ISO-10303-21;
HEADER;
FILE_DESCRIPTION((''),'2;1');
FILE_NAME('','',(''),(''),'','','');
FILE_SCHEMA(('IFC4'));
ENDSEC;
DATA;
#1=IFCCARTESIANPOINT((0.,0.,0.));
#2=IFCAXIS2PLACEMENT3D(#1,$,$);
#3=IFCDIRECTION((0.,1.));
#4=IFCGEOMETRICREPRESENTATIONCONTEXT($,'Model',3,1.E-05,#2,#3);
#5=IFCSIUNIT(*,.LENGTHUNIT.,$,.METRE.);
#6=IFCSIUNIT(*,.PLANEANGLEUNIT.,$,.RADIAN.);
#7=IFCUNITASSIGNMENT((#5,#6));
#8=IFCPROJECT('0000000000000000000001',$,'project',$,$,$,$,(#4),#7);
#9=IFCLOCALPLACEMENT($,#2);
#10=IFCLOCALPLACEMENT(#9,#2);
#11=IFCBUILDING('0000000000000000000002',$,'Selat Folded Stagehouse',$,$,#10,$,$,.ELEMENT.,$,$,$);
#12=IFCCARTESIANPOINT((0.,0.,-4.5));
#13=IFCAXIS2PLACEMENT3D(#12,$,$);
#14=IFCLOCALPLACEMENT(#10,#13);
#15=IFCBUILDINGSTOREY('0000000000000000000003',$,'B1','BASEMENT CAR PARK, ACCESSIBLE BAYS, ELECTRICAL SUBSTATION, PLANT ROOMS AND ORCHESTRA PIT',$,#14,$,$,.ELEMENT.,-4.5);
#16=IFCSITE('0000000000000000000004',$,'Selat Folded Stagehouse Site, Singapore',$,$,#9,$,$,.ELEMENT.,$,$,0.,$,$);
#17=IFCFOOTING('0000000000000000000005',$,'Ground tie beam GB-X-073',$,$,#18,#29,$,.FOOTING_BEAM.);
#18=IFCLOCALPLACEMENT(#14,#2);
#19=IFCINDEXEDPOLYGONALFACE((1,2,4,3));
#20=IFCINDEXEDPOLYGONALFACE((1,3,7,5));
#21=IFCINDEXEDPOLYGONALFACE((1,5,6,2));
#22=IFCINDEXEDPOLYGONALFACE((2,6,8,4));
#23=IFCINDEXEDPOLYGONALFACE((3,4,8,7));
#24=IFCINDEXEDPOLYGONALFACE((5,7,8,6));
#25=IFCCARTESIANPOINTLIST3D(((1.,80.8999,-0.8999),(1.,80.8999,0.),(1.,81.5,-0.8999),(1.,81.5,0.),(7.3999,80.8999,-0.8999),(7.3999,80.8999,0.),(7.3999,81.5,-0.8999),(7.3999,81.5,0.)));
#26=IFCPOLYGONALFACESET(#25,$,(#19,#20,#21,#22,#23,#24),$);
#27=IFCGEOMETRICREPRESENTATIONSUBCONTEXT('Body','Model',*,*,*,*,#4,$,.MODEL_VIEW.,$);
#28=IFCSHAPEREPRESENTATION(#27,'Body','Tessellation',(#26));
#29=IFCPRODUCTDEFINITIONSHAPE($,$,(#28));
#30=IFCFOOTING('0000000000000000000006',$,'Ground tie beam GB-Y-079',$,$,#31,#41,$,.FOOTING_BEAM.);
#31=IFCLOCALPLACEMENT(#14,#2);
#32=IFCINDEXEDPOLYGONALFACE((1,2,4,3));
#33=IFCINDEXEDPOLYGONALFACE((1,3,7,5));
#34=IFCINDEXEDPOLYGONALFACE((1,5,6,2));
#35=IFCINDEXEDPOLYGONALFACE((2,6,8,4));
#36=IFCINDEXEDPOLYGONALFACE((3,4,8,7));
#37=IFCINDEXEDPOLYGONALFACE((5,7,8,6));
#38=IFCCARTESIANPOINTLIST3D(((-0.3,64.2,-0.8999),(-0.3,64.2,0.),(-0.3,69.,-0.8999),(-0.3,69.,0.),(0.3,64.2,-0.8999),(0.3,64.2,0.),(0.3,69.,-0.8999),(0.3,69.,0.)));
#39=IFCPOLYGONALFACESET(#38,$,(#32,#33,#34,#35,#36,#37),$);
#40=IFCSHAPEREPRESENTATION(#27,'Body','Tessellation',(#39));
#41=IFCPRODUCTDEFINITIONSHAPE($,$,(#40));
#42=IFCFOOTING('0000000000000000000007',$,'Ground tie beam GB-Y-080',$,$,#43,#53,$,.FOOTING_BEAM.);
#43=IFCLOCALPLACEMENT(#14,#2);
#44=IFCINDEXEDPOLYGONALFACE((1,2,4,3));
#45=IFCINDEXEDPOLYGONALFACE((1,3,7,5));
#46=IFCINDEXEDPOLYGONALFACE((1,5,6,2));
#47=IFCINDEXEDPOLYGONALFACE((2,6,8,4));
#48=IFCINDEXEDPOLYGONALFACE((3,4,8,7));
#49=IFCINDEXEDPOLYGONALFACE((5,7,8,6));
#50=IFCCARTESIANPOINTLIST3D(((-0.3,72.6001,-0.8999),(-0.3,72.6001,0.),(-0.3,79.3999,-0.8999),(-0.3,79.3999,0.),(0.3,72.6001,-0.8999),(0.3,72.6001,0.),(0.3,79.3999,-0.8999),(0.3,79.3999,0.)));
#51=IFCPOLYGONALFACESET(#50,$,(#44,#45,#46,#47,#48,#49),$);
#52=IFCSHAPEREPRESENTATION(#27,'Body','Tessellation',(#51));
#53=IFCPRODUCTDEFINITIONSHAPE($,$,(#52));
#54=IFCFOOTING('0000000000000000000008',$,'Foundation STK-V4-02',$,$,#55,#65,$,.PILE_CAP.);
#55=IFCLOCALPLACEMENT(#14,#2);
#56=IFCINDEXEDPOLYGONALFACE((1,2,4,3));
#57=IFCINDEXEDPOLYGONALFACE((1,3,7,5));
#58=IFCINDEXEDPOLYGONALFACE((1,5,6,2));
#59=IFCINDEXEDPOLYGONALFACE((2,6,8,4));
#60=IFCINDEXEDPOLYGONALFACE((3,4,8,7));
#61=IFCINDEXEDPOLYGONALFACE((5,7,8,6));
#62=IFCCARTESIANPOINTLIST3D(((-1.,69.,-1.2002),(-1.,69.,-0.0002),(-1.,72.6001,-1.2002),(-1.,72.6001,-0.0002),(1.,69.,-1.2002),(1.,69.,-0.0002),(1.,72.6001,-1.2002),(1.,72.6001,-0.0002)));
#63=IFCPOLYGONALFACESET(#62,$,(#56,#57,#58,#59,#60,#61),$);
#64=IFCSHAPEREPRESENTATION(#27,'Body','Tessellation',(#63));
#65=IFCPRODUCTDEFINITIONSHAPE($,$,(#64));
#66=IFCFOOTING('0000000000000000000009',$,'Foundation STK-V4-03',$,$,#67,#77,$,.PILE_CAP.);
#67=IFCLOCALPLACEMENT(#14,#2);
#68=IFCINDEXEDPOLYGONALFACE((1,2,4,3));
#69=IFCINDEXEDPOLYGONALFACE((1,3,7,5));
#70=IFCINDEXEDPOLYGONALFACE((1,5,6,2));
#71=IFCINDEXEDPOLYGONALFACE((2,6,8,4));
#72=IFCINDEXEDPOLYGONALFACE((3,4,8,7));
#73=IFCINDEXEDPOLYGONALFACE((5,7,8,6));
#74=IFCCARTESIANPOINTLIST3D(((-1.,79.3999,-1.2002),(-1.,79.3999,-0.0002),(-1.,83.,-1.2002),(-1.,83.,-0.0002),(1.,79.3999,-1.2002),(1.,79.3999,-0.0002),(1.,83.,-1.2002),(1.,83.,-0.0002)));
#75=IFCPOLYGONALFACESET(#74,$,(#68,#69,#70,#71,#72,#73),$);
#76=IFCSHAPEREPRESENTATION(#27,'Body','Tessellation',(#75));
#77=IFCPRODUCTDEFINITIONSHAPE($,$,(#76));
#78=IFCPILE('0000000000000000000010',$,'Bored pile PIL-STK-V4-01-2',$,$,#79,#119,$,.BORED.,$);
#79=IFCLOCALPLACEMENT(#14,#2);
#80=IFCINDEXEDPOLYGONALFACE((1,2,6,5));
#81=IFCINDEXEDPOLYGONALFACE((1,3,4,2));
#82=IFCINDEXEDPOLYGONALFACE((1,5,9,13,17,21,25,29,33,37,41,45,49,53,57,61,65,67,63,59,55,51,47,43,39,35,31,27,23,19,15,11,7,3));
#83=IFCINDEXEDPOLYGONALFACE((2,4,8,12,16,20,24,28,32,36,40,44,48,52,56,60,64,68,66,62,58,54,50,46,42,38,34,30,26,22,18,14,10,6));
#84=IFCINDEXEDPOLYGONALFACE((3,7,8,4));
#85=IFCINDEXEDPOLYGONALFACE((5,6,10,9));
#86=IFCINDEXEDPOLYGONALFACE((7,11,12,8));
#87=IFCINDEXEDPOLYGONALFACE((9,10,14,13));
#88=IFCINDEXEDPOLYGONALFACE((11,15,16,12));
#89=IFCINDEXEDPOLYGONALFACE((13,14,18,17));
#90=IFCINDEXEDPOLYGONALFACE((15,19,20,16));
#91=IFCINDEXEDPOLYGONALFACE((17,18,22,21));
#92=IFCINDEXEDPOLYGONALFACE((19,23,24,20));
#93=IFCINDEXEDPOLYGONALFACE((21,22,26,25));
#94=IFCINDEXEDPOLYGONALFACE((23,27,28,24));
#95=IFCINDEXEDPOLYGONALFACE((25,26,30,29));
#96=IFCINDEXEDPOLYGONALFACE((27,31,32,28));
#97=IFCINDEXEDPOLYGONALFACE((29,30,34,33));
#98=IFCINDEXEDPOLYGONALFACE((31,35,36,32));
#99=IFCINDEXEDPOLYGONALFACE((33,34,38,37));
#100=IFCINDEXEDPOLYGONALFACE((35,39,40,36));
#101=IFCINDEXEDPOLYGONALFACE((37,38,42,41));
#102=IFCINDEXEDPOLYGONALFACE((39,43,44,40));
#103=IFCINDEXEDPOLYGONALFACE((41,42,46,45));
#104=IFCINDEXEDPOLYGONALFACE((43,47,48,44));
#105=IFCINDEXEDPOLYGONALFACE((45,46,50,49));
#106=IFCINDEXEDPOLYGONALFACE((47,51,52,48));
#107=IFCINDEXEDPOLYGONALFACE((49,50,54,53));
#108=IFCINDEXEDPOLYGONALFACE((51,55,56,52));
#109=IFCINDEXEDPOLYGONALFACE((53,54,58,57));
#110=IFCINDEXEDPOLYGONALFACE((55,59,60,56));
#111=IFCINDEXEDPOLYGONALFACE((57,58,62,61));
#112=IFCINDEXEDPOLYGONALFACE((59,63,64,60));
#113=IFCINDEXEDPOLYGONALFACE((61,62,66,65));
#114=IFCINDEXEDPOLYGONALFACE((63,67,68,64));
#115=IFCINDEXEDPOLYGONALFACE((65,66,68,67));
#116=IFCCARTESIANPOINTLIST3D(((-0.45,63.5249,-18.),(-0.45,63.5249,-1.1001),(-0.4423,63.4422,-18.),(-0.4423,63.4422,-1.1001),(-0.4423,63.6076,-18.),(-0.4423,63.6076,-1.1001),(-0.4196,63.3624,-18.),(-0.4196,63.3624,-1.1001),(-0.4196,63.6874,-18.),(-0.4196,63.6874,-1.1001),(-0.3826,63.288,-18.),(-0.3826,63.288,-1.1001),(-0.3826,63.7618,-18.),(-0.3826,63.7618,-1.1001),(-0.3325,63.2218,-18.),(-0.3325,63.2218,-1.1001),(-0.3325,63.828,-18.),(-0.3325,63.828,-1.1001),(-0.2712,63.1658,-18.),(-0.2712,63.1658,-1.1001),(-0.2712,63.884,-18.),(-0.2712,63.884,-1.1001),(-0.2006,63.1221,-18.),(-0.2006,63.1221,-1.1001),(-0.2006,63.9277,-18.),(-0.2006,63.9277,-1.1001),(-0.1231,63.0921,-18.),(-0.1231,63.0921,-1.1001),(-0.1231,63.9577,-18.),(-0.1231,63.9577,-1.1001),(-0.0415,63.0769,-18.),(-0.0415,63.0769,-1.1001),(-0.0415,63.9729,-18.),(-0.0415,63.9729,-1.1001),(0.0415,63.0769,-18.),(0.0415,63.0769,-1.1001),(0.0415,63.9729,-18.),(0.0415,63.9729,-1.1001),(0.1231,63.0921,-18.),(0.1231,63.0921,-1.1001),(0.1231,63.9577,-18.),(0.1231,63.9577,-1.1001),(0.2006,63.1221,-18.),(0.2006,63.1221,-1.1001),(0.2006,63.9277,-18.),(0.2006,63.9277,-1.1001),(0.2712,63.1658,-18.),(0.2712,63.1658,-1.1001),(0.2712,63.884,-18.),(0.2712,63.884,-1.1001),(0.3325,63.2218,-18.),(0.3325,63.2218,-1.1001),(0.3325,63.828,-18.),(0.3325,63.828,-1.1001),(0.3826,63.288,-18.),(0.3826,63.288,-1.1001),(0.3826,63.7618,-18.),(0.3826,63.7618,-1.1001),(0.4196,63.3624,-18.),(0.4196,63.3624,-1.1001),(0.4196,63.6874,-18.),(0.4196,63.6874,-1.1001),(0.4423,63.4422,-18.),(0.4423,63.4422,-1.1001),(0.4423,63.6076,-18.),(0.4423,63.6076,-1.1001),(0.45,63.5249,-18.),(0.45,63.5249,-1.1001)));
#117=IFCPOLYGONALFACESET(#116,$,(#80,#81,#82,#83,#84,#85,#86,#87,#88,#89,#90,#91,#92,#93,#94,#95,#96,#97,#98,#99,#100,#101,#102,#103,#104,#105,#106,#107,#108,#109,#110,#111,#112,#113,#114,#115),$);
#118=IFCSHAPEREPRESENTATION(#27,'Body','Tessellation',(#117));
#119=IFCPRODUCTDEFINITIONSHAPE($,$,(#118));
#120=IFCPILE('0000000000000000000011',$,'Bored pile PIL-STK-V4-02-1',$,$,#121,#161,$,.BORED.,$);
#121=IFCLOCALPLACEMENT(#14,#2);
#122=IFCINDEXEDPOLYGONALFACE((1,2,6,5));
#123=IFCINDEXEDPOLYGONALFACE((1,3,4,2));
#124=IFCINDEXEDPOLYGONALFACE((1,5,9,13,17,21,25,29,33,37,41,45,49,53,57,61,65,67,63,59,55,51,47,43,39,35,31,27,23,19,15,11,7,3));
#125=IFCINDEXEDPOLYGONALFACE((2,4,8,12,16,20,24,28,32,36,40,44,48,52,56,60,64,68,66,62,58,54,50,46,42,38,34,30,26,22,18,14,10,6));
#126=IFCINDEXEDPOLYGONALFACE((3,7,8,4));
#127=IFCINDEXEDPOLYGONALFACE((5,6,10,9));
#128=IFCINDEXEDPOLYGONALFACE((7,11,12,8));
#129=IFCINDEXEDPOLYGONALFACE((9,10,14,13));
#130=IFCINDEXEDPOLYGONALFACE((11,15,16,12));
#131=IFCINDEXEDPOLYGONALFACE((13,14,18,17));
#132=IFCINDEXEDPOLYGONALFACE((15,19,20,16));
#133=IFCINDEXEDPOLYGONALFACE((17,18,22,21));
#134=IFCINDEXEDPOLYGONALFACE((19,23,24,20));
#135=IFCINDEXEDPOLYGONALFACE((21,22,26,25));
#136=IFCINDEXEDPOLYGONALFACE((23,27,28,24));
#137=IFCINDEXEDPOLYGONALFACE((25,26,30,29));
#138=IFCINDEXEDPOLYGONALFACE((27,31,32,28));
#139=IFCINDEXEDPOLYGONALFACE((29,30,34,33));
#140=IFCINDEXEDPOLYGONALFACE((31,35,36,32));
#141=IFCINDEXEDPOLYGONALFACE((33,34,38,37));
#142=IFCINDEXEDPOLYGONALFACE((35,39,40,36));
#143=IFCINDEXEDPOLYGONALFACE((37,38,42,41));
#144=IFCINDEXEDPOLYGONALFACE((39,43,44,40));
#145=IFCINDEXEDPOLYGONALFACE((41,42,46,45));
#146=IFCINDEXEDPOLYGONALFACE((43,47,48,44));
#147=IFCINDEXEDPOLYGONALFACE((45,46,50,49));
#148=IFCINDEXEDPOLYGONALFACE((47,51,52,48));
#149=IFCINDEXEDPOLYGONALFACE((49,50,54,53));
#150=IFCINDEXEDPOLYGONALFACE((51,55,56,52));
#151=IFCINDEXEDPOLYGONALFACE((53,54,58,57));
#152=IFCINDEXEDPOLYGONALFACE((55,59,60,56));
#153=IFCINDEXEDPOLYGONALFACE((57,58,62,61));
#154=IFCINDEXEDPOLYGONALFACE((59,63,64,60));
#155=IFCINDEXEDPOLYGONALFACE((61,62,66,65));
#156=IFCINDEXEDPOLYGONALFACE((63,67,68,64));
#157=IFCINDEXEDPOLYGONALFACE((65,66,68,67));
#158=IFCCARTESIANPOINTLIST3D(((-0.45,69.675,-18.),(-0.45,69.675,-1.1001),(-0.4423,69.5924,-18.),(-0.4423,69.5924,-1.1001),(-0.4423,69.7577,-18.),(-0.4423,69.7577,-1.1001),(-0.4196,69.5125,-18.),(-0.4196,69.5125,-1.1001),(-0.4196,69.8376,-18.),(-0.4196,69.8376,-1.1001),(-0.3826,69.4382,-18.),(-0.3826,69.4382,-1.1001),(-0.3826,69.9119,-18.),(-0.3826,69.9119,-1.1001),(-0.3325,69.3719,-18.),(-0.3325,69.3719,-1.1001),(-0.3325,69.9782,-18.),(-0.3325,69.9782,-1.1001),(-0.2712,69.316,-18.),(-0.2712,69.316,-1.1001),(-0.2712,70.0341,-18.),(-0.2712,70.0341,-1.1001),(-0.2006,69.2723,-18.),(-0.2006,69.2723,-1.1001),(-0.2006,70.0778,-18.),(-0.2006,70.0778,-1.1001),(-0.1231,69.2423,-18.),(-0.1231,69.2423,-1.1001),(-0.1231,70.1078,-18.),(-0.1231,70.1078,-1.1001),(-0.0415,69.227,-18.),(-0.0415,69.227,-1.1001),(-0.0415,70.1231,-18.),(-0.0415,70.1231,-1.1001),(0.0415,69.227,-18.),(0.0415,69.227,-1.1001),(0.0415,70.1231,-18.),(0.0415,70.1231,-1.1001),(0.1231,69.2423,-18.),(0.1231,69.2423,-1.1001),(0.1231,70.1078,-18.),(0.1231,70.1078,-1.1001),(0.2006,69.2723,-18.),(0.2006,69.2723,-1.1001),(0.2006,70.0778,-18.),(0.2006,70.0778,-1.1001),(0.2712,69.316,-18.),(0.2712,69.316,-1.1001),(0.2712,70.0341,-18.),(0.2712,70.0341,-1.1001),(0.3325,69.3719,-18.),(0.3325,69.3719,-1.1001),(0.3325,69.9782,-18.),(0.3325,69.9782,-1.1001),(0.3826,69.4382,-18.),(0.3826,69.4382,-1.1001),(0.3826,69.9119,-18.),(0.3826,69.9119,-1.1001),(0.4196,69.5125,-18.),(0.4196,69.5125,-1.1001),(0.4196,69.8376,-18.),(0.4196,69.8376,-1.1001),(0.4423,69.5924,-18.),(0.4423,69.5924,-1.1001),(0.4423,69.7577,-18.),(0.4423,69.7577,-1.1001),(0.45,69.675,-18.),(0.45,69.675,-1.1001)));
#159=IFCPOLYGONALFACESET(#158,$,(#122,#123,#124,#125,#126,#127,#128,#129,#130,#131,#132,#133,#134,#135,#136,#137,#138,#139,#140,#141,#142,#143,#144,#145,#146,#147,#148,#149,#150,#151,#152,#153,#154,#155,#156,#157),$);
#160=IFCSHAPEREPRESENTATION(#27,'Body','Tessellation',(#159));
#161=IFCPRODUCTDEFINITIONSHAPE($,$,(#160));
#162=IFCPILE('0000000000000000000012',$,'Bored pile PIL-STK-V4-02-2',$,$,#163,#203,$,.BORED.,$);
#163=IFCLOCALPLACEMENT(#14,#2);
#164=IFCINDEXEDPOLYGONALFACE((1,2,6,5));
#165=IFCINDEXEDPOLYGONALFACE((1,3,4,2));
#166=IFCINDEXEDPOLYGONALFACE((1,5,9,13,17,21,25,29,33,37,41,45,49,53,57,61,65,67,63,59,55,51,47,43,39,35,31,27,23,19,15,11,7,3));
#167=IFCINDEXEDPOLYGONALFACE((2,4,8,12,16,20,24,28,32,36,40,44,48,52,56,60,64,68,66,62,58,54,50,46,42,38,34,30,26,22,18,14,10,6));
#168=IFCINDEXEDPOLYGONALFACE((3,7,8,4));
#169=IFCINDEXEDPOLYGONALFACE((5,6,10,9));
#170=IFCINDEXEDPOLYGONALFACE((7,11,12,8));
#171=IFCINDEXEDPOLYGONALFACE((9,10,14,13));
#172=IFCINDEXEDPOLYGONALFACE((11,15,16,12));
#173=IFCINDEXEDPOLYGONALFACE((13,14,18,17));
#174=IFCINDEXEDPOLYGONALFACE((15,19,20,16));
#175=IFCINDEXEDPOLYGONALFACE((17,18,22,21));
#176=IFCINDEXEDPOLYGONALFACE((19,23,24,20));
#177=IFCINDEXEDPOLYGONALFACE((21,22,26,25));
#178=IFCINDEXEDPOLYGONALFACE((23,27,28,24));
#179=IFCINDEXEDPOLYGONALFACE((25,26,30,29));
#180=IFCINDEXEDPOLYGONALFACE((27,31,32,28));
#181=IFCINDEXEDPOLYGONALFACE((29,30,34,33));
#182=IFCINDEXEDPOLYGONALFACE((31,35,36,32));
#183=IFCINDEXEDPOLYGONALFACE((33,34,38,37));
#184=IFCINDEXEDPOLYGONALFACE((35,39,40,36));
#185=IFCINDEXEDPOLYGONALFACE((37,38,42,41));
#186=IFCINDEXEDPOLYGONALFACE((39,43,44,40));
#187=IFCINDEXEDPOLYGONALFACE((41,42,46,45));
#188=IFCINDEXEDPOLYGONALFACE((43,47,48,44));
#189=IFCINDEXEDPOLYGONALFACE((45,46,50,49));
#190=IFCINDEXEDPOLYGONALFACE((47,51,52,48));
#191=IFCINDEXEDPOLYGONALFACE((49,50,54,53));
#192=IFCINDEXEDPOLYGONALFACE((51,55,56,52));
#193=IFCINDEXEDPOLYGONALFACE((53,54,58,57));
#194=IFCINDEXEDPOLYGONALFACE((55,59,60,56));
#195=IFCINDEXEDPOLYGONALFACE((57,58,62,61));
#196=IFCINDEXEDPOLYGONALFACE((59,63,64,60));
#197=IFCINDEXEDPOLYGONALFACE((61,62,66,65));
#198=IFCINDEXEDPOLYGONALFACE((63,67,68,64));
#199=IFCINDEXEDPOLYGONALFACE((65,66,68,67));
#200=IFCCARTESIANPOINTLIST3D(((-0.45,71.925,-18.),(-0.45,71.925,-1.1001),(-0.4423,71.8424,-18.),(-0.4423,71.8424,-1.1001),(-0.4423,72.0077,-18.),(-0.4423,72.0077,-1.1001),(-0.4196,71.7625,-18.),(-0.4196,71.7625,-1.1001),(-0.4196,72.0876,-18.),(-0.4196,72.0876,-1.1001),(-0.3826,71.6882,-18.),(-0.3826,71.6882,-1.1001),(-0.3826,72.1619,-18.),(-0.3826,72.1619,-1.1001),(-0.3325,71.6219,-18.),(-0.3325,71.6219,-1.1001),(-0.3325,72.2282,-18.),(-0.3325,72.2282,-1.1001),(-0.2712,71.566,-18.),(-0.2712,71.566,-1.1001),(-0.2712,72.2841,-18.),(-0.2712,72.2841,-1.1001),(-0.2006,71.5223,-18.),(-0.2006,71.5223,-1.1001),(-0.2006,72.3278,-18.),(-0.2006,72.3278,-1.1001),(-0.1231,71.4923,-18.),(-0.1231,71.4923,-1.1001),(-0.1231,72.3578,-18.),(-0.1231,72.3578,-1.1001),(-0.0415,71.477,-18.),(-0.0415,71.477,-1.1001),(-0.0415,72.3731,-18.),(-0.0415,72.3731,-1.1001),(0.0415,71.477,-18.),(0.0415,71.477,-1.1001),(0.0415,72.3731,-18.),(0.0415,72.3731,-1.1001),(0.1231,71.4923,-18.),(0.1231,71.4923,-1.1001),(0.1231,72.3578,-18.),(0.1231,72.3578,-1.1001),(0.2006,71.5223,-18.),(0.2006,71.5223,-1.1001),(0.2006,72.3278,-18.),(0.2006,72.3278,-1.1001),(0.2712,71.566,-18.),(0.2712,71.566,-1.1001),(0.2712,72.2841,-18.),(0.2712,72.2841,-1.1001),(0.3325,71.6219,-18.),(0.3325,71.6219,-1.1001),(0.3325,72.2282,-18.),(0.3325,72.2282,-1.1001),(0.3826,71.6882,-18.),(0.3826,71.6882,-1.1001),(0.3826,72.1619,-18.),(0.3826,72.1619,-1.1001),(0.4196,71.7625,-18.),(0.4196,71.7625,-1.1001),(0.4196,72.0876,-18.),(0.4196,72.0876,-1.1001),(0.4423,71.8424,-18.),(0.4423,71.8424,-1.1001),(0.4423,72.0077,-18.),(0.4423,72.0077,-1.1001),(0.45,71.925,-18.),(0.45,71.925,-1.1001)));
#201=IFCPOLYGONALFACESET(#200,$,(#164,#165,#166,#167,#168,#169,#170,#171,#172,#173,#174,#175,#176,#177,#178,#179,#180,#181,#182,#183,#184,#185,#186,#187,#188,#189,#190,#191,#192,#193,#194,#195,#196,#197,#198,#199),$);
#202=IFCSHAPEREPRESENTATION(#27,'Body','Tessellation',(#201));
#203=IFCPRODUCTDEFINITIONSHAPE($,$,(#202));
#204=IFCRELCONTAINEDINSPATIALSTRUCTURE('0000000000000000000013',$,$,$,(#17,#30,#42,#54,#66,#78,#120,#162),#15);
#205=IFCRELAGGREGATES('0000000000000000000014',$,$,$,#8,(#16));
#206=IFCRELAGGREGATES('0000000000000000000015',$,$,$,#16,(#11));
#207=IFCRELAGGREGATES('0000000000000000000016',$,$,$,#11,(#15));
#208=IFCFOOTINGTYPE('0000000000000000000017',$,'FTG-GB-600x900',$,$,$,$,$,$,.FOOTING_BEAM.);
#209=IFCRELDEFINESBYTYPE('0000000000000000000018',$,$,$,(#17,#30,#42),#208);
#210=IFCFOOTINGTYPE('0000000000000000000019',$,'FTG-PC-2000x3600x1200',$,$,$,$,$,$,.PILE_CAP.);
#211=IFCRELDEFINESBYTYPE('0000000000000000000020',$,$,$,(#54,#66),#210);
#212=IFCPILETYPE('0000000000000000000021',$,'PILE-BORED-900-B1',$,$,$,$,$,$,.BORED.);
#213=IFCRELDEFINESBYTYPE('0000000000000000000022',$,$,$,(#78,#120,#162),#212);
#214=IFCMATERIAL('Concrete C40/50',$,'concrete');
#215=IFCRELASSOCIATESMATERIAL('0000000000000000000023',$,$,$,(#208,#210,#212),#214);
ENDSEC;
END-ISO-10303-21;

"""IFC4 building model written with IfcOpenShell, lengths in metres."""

from ifc_helpers import new_model, si_unit, direction, frame, origin, origin_2d, place, context, subcontext, project, spatial, rectangle, circle, extrude, material, material_profile, profile_set, type_object, element, save


model = new_model("IFC4")

# Units and contexts
model_context = context("Model", 3, precision=1e-05, world=origin(), true_north=direction((0.0, 1.0)))
body_context = subcontext(model_context, "Body", "Model", "MODEL_VIEW")
ifc_project = project(units=[si_unit("LENGTHUNIT", "METRE"), si_unit("PLANEANGLEUNIT", "RADIAN")], contexts=[model_context])

# Site, building, storey
site_placement = place(None, origin())
site = spatial("IfcSite", under=ifc_project, at=site_placement, Name="Selat Folded Stagehouse Site, Singapore", CompositionType="ELEMENT", RefElevation=0.0)
building_placement = place(site_placement, origin())
building = spatial("IfcBuilding", under=site, at=building_placement, Name="Selat Folded Stagehouse", CompositionType="ELEMENT")
storey_placement = place(building_placement, frame((0.0, 0.0, -4.5)))
storey = spatial("IfcBuildingStorey", under=building, at=storey_placement, Name="B1", Description="BASEMENT CAR PARK, ACCESSIBLE BAYS, ELECTRICAL SUBSTATION, PLANT ROOMS AND ORCHESTRA PIT", CompositionType="ELEMENT", Elevation=-4.5)

# Footings
ifc_material_1 = material(Name="Concrete C40/50", Category="concrete")
ifc_material_profile_1 = material_profile(ifc_material_1, rectangle(XDim=0.6001, YDim=0.8999, at=origin_2d()), Name="RC 900x600")
ifc_profile_set_1 = profile_set([ifc_material_profile_1], Name="Concrete C40/50")
footing_type_1 = type_object("IfcFootingType", Name="FTG-GB-600x900", PredefinedType="FOOTING_BEAM", material=ifc_profile_set_1)
footing_1_placement = place(storey_placement, frame((1.0, 81.2, -0.45), z_axis=(1.0, 0.0, 0.0), x_axis=(0.0, 1.0, 0.0)))
element("IfcFooting", 1, at=footing_1_placement, inside=storey, type_object=footing_type_1, Name="Ground tie beam GB-X-073", PredefinedType="FOOTING_BEAM", context=body_context, shape_type="SweptSolid", body=[
    extrude(rectangle(XDim=0.6001, YDim=0.8999, at=origin_2d()), origin(), (0.0, 0.0, 1.0), 6.3999),
])
footing_2_placement = place(storey_placement, frame((0.0, 64.2, -0.45), z_axis=(0.0, 1.0, 0.0), x_axis=(-1.0, 0.0, 0.0)))
element("IfcFooting", 2, at=footing_2_placement, inside=storey, type_object=footing_type_1, Name="Ground tie beam GB-Y-079", PredefinedType="FOOTING_BEAM", context=body_context, shape_type="SweptSolid", body=[
    extrude(rectangle(XDim=0.6001, YDim=0.8999, at=origin_2d()), origin(), (0.0, 0.0, 1.0), 4.8),
])
footing_3_placement = place(storey_placement, frame((0.0, 72.6001, -0.45), z_axis=(0.0, 1.0, 0.0), x_axis=(-1.0, 0.0, 0.0)))
element("IfcFooting", 3, at=footing_3_placement, inside=storey, type_object=footing_type_1, Name="Ground tie beam GB-Y-080", PredefinedType="FOOTING_BEAM", context=body_context, shape_type="SweptSolid", body=[
    extrude(rectangle(XDim=0.6001, YDim=0.8999, at=origin_2d()), origin(), (0.0, 0.0, 1.0), 6.7998),
])
footing_type_2 = type_object("IfcFootingType", Name="FTG-PC-2000x3600x1200", PredefinedType="PILE_CAP", material=ifc_material_1)
for number, where, z_axis, x_axis, name in (
    (4, (0.0, 70.8, -1.2002), (0.0, 0.0, 1.0), (1.0, 0.0, 0.0), "Foundation STK-V4-02"),
    (5, (0.0, 81.2, -1.2002), (0.0, 0.0, 1.0), (1.0, 0.0, 0.0), "Foundation STK-V4-03"),
):
    element("IfcFooting", number, at=place(storey_placement, frame(where, z_axis=z_axis, x_axis=x_axis)), inside=storey, type_object=footing_type_2, Name=name, PredefinedType="PILE_CAP", context=body_context, shape_type="SweptSolid", body=[
        extrude(rectangle(XDim=2.0, YDim=3.6001, at=origin_2d()), origin(), (0.0, 0.0, 1.0), 1.2),
    ])

# Piles
ifc_material_profile_2 = material_profile(ifc_material_1, circle(Radius=0.45, at=origin_2d()), Name="PILE D900")
ifc_profile_set_2 = profile_set([ifc_material_profile_2], Name="Concrete C40/50")
pile_type = type_object("IfcPileType", Name="PILE-BORED-900-B1", PredefinedType="BORED", material=ifc_profile_set_2)
for number, where, z_axis, x_axis, name in (
    (6, (0.0, 63.5249, -1.1001), (0.0, 0.0, -1.0), (1.0, 0.0, 0.0), "Bored pile PIL-STK-V4-01-2"),
    (7, (0.0, 69.675, -1.1001), (0.0, 0.0, -1.0), (1.0, 0.0, 0.0), "Bored pile PIL-STK-V4-02-1"),
    (8, (0.0, 71.925, -1.1001), (0.0, 0.0, -1.0), (1.0, 0.0, 0.0), "Bored pile PIL-STK-V4-02-2"),
):
    element("IfcPile", number, at=place(storey_placement, frame(where, z_axis=z_axis, x_axis=x_axis)), inside=storey, type_object=pile_type, Name=name, PredefinedType="BORED", context=body_context, shape_type="SweptSolid", body=[
        extrude(circle(Radius=0.45, at=origin_2d()), origin(), (0.0, 0.0, 1.0), 16.8999),
    ])

save(model, "model.ifc")
